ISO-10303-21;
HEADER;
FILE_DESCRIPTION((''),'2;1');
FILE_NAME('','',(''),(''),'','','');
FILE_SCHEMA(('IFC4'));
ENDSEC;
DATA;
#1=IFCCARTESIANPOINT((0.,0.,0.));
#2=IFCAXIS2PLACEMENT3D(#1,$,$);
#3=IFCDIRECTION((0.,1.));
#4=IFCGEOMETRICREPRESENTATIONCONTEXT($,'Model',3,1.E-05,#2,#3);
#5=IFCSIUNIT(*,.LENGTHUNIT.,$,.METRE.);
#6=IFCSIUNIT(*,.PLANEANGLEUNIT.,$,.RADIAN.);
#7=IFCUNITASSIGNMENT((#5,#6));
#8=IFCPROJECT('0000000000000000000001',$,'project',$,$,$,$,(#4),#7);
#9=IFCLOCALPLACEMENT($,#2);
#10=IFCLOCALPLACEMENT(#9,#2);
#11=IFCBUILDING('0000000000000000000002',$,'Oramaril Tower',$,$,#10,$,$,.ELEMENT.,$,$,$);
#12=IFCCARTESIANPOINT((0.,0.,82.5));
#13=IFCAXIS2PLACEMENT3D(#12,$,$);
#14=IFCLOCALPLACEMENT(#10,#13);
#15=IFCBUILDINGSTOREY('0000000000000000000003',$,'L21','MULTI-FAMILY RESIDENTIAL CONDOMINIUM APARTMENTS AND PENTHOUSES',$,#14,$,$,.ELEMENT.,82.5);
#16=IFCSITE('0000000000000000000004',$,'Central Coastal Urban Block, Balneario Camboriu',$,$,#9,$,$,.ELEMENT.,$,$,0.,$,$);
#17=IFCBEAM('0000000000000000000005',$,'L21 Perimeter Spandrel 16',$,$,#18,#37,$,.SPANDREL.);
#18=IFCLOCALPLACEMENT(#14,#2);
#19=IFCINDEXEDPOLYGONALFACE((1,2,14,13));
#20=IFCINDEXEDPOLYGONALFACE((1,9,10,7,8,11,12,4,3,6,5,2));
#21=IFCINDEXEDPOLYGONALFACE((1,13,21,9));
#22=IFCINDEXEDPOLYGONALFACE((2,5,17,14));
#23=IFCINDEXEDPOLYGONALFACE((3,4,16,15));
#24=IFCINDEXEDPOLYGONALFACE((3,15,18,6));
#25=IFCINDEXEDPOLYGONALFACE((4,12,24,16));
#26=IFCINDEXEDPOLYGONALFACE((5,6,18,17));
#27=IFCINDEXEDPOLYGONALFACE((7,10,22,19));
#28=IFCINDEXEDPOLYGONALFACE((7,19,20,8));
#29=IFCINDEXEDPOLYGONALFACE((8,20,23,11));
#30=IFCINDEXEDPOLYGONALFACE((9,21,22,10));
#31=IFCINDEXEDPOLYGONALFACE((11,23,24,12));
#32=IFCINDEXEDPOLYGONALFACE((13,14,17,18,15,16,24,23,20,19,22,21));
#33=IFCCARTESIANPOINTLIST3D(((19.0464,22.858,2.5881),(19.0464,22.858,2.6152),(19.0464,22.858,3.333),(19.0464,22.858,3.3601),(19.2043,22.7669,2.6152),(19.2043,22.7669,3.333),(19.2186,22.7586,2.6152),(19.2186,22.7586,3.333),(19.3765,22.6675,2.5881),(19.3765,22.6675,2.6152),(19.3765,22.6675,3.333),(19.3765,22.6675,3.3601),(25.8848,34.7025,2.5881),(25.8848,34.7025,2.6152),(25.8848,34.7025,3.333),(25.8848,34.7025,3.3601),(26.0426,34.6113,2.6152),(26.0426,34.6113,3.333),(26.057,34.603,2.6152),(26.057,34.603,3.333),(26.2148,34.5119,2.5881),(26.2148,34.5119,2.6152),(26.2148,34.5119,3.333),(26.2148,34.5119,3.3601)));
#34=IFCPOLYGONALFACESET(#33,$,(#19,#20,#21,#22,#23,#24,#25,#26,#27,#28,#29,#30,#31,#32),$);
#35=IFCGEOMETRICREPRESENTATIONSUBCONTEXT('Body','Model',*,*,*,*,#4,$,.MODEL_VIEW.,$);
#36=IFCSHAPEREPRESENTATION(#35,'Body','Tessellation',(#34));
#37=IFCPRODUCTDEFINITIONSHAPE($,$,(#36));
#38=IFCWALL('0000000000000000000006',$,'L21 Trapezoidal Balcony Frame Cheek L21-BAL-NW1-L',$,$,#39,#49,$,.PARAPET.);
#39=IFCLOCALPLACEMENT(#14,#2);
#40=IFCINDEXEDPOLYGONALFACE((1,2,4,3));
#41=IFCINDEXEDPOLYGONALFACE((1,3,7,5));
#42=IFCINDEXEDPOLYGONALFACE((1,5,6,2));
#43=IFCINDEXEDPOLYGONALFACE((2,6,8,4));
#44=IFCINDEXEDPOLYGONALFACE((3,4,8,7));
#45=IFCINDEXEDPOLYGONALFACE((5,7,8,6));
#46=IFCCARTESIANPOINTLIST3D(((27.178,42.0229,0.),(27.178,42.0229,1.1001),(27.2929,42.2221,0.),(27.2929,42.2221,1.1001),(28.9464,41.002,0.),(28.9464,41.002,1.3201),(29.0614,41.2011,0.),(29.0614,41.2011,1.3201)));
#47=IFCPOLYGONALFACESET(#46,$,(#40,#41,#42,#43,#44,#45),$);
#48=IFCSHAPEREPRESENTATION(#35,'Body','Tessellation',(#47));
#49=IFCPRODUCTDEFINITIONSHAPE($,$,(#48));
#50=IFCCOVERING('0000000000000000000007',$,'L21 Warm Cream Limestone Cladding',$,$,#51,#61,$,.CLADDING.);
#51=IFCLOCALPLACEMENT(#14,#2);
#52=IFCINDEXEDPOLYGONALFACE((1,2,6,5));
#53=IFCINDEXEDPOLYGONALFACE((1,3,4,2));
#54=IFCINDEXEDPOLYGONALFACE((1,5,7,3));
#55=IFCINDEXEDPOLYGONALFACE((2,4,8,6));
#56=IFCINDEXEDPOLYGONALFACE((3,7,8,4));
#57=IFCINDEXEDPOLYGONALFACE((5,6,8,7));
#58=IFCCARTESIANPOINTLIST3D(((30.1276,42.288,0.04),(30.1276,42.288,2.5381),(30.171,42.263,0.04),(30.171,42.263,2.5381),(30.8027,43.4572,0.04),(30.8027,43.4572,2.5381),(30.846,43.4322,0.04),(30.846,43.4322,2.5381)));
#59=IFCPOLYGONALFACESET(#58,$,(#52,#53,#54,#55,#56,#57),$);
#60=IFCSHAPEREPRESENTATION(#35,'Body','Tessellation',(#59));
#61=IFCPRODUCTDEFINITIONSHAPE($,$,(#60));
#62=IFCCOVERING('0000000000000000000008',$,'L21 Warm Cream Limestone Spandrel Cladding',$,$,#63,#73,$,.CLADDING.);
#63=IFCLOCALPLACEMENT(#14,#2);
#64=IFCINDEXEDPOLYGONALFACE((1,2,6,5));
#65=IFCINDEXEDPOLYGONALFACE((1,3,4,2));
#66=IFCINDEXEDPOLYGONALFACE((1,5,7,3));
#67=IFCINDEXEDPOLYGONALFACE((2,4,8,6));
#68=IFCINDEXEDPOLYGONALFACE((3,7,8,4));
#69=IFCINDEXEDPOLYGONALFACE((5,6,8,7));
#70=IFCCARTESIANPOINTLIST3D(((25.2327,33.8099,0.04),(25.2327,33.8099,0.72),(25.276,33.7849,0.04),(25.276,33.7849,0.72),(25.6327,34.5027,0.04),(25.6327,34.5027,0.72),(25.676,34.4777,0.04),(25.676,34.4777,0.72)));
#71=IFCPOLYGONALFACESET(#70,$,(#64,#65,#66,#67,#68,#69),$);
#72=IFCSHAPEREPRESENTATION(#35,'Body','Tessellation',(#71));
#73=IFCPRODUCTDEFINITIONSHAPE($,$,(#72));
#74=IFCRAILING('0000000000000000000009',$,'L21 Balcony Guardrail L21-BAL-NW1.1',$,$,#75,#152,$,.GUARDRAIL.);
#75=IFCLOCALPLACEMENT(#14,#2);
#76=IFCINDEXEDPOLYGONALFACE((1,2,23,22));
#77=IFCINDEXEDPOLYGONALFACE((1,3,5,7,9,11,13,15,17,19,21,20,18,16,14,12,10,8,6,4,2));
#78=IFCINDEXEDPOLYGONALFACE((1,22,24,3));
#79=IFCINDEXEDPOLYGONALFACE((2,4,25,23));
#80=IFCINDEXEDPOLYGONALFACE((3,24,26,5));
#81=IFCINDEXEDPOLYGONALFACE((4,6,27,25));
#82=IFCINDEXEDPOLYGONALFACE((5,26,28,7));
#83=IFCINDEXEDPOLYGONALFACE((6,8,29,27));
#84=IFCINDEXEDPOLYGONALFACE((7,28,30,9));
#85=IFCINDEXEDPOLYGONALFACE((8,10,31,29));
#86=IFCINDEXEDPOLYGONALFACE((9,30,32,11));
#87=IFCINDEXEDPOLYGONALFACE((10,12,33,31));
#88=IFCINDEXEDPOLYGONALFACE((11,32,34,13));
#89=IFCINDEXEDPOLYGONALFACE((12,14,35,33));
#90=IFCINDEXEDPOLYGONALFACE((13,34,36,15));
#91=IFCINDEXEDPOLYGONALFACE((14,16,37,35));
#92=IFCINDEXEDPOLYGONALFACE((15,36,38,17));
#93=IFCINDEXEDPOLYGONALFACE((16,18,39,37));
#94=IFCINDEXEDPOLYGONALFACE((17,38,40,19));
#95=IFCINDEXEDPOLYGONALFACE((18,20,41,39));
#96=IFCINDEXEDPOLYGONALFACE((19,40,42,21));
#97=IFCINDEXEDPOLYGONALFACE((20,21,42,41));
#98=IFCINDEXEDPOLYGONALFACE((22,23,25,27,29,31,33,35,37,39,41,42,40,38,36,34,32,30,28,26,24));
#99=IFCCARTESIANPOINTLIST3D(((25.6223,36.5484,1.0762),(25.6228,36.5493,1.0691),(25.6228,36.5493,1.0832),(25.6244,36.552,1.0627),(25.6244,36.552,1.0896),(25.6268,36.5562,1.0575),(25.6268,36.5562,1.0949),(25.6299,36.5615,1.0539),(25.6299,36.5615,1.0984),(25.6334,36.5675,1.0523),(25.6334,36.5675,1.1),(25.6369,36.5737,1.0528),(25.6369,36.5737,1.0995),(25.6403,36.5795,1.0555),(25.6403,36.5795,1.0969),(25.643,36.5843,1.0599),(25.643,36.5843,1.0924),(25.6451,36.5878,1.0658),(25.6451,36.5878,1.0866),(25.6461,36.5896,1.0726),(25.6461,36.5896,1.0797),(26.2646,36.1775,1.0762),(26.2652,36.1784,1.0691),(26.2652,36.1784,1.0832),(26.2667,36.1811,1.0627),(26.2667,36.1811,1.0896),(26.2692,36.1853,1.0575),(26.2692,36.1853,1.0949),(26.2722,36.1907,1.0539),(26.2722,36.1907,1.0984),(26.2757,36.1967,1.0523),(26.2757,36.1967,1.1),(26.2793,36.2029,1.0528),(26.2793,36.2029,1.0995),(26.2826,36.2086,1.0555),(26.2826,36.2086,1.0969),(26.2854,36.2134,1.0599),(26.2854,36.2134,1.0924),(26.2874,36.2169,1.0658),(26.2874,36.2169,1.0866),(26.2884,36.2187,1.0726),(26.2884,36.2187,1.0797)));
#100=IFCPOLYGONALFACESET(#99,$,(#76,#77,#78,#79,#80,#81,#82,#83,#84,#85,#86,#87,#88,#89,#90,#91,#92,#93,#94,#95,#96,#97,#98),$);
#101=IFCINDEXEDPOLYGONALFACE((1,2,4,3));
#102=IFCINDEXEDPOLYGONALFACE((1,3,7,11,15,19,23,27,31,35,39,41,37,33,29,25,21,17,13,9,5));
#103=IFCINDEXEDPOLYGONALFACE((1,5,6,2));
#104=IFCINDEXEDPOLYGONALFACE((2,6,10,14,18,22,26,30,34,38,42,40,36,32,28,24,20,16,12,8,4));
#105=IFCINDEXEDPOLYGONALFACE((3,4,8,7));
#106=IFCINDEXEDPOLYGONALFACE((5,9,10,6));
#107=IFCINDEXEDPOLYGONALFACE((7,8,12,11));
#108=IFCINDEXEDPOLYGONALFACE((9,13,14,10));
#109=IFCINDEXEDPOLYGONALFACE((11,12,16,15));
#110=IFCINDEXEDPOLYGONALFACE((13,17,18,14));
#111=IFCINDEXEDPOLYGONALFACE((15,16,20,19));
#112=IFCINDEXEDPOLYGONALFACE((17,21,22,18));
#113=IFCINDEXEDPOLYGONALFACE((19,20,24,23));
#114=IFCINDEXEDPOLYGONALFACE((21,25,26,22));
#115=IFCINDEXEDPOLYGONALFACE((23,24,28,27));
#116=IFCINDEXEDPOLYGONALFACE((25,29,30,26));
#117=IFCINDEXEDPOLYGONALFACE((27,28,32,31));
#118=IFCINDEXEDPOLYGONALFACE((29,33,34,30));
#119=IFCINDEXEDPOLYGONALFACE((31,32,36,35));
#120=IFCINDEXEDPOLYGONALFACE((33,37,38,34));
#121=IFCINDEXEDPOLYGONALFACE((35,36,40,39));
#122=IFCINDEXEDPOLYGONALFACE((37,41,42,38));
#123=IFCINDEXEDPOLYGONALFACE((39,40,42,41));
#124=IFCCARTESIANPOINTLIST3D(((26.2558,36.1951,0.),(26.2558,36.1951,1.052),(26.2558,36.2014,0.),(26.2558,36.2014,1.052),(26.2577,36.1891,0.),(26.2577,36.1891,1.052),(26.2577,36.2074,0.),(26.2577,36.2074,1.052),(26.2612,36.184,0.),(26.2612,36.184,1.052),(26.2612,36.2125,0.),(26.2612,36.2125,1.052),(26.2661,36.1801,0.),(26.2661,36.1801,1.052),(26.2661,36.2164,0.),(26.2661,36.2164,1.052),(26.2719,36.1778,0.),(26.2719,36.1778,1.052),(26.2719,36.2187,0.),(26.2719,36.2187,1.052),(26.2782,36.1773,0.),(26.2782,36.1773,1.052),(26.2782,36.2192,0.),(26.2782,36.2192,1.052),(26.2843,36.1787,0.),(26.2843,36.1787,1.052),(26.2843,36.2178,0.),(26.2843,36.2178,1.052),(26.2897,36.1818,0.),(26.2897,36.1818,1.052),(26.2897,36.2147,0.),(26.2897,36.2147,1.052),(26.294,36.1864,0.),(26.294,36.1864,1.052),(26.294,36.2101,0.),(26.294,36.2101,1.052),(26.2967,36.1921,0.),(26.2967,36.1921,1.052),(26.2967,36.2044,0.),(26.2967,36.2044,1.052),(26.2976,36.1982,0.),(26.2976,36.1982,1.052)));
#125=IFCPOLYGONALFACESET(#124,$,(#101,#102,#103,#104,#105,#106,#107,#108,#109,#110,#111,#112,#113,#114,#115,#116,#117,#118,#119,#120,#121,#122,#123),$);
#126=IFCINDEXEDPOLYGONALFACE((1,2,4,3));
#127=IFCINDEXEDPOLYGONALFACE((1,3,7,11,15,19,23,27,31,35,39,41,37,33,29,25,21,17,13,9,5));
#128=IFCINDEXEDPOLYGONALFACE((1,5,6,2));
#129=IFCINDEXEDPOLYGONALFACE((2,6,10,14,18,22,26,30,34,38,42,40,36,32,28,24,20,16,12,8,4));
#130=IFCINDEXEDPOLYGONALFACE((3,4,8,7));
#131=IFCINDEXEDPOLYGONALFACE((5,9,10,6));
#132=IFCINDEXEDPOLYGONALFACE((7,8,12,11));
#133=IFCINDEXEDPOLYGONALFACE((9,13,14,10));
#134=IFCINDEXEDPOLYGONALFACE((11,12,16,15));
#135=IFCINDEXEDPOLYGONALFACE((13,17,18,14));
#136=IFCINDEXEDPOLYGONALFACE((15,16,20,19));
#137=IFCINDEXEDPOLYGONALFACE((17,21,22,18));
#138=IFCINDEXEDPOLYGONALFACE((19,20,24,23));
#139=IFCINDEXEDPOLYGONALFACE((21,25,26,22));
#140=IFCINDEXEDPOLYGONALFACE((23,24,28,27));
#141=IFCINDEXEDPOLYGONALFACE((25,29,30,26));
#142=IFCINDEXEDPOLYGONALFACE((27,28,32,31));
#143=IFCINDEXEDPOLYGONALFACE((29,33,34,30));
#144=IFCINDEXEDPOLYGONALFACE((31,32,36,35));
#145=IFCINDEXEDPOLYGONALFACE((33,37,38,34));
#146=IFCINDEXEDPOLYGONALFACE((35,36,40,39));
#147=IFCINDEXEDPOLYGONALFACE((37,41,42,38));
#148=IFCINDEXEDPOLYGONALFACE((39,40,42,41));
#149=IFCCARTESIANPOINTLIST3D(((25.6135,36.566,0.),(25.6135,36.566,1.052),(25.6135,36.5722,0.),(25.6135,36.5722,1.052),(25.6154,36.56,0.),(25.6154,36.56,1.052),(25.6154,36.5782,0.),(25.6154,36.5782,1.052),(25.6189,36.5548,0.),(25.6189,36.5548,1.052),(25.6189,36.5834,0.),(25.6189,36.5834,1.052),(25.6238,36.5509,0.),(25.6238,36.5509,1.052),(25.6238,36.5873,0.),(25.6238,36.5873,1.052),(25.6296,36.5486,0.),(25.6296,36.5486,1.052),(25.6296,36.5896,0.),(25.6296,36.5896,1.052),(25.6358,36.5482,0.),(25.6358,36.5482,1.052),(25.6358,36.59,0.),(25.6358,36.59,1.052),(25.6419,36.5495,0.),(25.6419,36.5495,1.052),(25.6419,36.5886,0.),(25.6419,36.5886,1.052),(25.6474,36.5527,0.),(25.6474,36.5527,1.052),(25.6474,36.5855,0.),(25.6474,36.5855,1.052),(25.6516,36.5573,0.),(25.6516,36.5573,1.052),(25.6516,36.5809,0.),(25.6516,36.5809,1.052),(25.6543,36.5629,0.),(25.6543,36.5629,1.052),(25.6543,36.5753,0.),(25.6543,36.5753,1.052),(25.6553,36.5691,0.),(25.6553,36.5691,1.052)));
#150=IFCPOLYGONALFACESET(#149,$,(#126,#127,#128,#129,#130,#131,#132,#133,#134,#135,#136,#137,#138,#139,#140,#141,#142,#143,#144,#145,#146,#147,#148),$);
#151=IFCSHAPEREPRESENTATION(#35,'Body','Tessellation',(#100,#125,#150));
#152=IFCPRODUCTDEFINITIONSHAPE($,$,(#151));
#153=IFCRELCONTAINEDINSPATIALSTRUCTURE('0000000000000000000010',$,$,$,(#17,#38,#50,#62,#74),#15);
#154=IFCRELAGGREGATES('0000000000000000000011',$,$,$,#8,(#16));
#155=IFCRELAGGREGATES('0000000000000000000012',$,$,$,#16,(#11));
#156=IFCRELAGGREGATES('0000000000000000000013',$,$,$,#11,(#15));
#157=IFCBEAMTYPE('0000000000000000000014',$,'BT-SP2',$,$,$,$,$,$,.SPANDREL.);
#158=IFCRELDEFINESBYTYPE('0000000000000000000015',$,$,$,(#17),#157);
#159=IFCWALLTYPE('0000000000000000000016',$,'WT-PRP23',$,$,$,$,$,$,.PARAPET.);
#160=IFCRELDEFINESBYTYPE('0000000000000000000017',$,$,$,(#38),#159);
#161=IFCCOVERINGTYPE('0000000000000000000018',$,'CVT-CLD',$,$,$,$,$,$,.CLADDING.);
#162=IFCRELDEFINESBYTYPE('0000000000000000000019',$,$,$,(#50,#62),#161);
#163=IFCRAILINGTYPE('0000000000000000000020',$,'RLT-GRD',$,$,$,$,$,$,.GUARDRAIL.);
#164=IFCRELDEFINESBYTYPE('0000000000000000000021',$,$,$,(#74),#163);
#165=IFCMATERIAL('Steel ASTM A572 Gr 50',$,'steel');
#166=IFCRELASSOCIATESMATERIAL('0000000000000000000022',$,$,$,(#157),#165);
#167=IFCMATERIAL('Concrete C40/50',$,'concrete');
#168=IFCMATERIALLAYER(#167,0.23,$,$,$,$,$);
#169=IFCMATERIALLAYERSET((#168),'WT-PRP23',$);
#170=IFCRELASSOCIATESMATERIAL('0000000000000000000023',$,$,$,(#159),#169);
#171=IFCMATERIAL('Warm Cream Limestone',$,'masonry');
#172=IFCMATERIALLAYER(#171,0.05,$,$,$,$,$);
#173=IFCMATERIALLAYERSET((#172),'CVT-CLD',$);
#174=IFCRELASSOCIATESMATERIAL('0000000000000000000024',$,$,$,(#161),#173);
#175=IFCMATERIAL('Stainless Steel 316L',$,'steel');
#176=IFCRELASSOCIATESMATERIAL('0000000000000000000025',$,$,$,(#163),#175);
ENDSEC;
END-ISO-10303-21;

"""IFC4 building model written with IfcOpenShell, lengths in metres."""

from ifc_helpers import new_model, si_unit, direction, frame, origin, origin_2d, place, context, subcontext, project, spatial, polyline, rectangle, circle, i_section, outline, extrude, material, layer, layer_set, material_profile, profile_set, type_object, element, save


model = new_model("IFC4")

# Units and contexts
model_context = context("Model", 3, precision=1e-05, world=origin(), true_north=direction((0.0, 1.0)))
body_context = subcontext(model_context, "Body", "Model", "MODEL_VIEW")
ifc_project = project(units=[si_unit("LENGTHUNIT", "METRE"), si_unit("PLANEANGLEUNIT", "RADIAN")], contexts=[model_context])

# Site, building, storey
site_placement = place(None, origin())
site = spatial("IfcSite", under=ifc_project, at=site_placement, Name="Central Coastal Urban Block, Balneario Camboriu", CompositionType="ELEMENT", RefElevation=0.0)
building_placement = place(site_placement, origin())
building = spatial("IfcBuilding", under=site, at=building_placement, Name="Oramaril Tower", CompositionType="ELEMENT")
storey_placement = place(building_placement, frame((0.0, 0.0, 82.5)))
storey = spatial("IfcBuildingStorey", under=building, at=storey_placement, Name="L21", Description="MULTI-FAMILY RESIDENTIAL CONDOMINIUM APARTMENTS AND PENTHOUSES", CompositionType="ELEMENT", Elevation=82.5)

# Beam
ifc_material_1 = material(Name="Steel ASTM A572 Gr 50", Category="steel")
ifc_material_profile_1 = material_profile(ifc_material_1, i_section(OverallWidth=0.3811, OverallDepth=0.772, WebThickness=0.0166, FlangeThickness=0.0271, at=origin_2d()), Name="W30X173")
ifc_profile_set_1 = profile_set([ifc_material_profile_1], Name="Steel ASTM A572 Gr 50")
beam_type_1 = type_object("IfcBeamType", Name="BT-SP2", PredefinedType="SPANDREL", material=ifc_profile_set_1)
beam_1_placement = place(storey_placement, frame((26.0498, 34.6072, 2.9741), z_axis=(-0.499998, -0.866027, 0.0), x_axis=(0.866027, -0.499998, 0.0)))
element("IfcBeam", 1, at=beam_1_placement, inside=storey, type_object=beam_type_1, Name="L21 Perimeter Spandrel 16", PredefinedType="SPANDREL", context=body_context, shape_type="SweptSolid", body=[
    extrude(i_section(OverallWidth=0.3811, OverallDepth=0.772, WebThickness=0.0166, FlangeThickness=0.0271, at=origin_2d()), origin(), (0.0, 0.0, 1.0), 13.6768),
])

# Wall
ifc_material_2 = material(Name="Concrete C40/50", Category="concrete")
ifc_layer_1 = layer(ifc_material_2, 0.23)
ifc_layer_set_1 = layer_set([ifc_layer_1], Name="WT-PRP23")
wall_type_1 = type_object("IfcWallType", Name="WT-PRP23", PredefinedType="PARAPET", material=ifc_layer_set_1)
wall_1_placement = place(storey_placement, frame((29.0039, 41.1016, 0.0), z_axis=(0.0, 0.0, 1.0), x_axis=(-0.866042, 0.499971, 0.0)))
element("IfcWall", 2, at=wall_1_placement, inside=storey, type_object=wall_type_1, Name="L21 Trapezoidal Balcony Frame Cheek L21-BAL-NW1-L", PredefinedType="PARAPET", context=body_context, shape_type="SweptSolid", body=[
    extrude(outline(polyline([(0.0, 0.0), (2.042, 0.0), (2.042, 1.1001), (0.0, 1.3201), (0.0, 0.0)])), frame((0.0, 0.115, 0.0), z_axis=(0.0, -1.0, 0.0), x_axis=(1.0, 0.0, 0.0)), (0.0, 0.0, 1.0), 0.23),
])

# Coverings
ifc_material_3 = material(Name="Warm Cream Limestone", Category="masonry")
ifc_layer_2 = layer(ifc_material_3, 0.05)
ifc_layer_set_2 = layer_set([ifc_layer_2], Name="CVT-CLD")
covering_type = type_object("IfcCoveringType", Name="CVT-CLD", PredefinedType="CLADDING", material=ifc_layer_set_2)
covering_1_placement = place(storey_placement, frame((30.4868, 42.8601, 0.04), z_axis=(0.0, 0.0, 1.0), x_axis=(-0.5, -0.866025, 0.0)))
element("IfcCovering", 3, at=covering_1_placement, inside=storey, type_object=covering_type, Name="L21 Warm Cream Limestone Cladding", PredefinedType="CLADDING", context=body_context, shape_type="SweptSolid", body=[
    extrude(rectangle(XDim=1.3501, YDim=0.05, at=origin_2d()), origin(), (0.0, 0.0, 1.0), 2.498),
])
covering_2_placement = place(storey_placement, frame((25.4543, 34.1438, 0.04), z_axis=(0.0, 0.0, 1.0), x_axis=(-0.5, -0.866025, 0.0)))
element("IfcCovering", 4, at=covering_2_placement, inside=storey, type_object=covering_type, Name="L21 Warm Cream Limestone Spandrel Cladding", PredefinedType="CLADDING", context=body_context, shape_type="SweptSolid", body=[
    extrude(rectangle(XDim=0.8, YDim=0.05, at=origin_2d()), origin(), (0.0, 0.0, 1.0), 0.6799),
])

# Railing
ifc_material_4 = material(Name="Stainless Steel 316L", Category="steel")
railing_type = type_object("IfcRailingType", Name="RLT-GRD", PredefinedType="GUARDRAIL", material=ifc_material_4)
railing_1_placement = place(storey_placement, frame((26.2766, 36.1982, 0.0)))
element("IfcRailing", 5, at=railing_1_placement, inside=storey, type_object=railing_type, Name="L21 Balcony Guardrail L21-BAL-NW1.1", PredefinedType="GUARDRAIL", context=body_context, shape_type="SweptSolid", body=[
    extrude(circle(Radius=0.0239, at=origin_2d()), frame((0.0, 0.0, 1.0762), z_axis=(-0.866027, 0.499998, 0.0), x_axis=(-0.499998, -0.866027, 0.0)), (0.0, 0.0, 1.0), 0.7417),
    extrude(circle(Radius=0.021, at=origin_2d()), origin(), (0.0, 0.0, 1.0), 1.052),
    extrude(circle(Radius=0.021, at=origin_2d()), frame((-0.6423, 0.3708, 0.0)), (0.0, 0.0, 1.0), 1.052),
])

save(model, "model.ifc")
